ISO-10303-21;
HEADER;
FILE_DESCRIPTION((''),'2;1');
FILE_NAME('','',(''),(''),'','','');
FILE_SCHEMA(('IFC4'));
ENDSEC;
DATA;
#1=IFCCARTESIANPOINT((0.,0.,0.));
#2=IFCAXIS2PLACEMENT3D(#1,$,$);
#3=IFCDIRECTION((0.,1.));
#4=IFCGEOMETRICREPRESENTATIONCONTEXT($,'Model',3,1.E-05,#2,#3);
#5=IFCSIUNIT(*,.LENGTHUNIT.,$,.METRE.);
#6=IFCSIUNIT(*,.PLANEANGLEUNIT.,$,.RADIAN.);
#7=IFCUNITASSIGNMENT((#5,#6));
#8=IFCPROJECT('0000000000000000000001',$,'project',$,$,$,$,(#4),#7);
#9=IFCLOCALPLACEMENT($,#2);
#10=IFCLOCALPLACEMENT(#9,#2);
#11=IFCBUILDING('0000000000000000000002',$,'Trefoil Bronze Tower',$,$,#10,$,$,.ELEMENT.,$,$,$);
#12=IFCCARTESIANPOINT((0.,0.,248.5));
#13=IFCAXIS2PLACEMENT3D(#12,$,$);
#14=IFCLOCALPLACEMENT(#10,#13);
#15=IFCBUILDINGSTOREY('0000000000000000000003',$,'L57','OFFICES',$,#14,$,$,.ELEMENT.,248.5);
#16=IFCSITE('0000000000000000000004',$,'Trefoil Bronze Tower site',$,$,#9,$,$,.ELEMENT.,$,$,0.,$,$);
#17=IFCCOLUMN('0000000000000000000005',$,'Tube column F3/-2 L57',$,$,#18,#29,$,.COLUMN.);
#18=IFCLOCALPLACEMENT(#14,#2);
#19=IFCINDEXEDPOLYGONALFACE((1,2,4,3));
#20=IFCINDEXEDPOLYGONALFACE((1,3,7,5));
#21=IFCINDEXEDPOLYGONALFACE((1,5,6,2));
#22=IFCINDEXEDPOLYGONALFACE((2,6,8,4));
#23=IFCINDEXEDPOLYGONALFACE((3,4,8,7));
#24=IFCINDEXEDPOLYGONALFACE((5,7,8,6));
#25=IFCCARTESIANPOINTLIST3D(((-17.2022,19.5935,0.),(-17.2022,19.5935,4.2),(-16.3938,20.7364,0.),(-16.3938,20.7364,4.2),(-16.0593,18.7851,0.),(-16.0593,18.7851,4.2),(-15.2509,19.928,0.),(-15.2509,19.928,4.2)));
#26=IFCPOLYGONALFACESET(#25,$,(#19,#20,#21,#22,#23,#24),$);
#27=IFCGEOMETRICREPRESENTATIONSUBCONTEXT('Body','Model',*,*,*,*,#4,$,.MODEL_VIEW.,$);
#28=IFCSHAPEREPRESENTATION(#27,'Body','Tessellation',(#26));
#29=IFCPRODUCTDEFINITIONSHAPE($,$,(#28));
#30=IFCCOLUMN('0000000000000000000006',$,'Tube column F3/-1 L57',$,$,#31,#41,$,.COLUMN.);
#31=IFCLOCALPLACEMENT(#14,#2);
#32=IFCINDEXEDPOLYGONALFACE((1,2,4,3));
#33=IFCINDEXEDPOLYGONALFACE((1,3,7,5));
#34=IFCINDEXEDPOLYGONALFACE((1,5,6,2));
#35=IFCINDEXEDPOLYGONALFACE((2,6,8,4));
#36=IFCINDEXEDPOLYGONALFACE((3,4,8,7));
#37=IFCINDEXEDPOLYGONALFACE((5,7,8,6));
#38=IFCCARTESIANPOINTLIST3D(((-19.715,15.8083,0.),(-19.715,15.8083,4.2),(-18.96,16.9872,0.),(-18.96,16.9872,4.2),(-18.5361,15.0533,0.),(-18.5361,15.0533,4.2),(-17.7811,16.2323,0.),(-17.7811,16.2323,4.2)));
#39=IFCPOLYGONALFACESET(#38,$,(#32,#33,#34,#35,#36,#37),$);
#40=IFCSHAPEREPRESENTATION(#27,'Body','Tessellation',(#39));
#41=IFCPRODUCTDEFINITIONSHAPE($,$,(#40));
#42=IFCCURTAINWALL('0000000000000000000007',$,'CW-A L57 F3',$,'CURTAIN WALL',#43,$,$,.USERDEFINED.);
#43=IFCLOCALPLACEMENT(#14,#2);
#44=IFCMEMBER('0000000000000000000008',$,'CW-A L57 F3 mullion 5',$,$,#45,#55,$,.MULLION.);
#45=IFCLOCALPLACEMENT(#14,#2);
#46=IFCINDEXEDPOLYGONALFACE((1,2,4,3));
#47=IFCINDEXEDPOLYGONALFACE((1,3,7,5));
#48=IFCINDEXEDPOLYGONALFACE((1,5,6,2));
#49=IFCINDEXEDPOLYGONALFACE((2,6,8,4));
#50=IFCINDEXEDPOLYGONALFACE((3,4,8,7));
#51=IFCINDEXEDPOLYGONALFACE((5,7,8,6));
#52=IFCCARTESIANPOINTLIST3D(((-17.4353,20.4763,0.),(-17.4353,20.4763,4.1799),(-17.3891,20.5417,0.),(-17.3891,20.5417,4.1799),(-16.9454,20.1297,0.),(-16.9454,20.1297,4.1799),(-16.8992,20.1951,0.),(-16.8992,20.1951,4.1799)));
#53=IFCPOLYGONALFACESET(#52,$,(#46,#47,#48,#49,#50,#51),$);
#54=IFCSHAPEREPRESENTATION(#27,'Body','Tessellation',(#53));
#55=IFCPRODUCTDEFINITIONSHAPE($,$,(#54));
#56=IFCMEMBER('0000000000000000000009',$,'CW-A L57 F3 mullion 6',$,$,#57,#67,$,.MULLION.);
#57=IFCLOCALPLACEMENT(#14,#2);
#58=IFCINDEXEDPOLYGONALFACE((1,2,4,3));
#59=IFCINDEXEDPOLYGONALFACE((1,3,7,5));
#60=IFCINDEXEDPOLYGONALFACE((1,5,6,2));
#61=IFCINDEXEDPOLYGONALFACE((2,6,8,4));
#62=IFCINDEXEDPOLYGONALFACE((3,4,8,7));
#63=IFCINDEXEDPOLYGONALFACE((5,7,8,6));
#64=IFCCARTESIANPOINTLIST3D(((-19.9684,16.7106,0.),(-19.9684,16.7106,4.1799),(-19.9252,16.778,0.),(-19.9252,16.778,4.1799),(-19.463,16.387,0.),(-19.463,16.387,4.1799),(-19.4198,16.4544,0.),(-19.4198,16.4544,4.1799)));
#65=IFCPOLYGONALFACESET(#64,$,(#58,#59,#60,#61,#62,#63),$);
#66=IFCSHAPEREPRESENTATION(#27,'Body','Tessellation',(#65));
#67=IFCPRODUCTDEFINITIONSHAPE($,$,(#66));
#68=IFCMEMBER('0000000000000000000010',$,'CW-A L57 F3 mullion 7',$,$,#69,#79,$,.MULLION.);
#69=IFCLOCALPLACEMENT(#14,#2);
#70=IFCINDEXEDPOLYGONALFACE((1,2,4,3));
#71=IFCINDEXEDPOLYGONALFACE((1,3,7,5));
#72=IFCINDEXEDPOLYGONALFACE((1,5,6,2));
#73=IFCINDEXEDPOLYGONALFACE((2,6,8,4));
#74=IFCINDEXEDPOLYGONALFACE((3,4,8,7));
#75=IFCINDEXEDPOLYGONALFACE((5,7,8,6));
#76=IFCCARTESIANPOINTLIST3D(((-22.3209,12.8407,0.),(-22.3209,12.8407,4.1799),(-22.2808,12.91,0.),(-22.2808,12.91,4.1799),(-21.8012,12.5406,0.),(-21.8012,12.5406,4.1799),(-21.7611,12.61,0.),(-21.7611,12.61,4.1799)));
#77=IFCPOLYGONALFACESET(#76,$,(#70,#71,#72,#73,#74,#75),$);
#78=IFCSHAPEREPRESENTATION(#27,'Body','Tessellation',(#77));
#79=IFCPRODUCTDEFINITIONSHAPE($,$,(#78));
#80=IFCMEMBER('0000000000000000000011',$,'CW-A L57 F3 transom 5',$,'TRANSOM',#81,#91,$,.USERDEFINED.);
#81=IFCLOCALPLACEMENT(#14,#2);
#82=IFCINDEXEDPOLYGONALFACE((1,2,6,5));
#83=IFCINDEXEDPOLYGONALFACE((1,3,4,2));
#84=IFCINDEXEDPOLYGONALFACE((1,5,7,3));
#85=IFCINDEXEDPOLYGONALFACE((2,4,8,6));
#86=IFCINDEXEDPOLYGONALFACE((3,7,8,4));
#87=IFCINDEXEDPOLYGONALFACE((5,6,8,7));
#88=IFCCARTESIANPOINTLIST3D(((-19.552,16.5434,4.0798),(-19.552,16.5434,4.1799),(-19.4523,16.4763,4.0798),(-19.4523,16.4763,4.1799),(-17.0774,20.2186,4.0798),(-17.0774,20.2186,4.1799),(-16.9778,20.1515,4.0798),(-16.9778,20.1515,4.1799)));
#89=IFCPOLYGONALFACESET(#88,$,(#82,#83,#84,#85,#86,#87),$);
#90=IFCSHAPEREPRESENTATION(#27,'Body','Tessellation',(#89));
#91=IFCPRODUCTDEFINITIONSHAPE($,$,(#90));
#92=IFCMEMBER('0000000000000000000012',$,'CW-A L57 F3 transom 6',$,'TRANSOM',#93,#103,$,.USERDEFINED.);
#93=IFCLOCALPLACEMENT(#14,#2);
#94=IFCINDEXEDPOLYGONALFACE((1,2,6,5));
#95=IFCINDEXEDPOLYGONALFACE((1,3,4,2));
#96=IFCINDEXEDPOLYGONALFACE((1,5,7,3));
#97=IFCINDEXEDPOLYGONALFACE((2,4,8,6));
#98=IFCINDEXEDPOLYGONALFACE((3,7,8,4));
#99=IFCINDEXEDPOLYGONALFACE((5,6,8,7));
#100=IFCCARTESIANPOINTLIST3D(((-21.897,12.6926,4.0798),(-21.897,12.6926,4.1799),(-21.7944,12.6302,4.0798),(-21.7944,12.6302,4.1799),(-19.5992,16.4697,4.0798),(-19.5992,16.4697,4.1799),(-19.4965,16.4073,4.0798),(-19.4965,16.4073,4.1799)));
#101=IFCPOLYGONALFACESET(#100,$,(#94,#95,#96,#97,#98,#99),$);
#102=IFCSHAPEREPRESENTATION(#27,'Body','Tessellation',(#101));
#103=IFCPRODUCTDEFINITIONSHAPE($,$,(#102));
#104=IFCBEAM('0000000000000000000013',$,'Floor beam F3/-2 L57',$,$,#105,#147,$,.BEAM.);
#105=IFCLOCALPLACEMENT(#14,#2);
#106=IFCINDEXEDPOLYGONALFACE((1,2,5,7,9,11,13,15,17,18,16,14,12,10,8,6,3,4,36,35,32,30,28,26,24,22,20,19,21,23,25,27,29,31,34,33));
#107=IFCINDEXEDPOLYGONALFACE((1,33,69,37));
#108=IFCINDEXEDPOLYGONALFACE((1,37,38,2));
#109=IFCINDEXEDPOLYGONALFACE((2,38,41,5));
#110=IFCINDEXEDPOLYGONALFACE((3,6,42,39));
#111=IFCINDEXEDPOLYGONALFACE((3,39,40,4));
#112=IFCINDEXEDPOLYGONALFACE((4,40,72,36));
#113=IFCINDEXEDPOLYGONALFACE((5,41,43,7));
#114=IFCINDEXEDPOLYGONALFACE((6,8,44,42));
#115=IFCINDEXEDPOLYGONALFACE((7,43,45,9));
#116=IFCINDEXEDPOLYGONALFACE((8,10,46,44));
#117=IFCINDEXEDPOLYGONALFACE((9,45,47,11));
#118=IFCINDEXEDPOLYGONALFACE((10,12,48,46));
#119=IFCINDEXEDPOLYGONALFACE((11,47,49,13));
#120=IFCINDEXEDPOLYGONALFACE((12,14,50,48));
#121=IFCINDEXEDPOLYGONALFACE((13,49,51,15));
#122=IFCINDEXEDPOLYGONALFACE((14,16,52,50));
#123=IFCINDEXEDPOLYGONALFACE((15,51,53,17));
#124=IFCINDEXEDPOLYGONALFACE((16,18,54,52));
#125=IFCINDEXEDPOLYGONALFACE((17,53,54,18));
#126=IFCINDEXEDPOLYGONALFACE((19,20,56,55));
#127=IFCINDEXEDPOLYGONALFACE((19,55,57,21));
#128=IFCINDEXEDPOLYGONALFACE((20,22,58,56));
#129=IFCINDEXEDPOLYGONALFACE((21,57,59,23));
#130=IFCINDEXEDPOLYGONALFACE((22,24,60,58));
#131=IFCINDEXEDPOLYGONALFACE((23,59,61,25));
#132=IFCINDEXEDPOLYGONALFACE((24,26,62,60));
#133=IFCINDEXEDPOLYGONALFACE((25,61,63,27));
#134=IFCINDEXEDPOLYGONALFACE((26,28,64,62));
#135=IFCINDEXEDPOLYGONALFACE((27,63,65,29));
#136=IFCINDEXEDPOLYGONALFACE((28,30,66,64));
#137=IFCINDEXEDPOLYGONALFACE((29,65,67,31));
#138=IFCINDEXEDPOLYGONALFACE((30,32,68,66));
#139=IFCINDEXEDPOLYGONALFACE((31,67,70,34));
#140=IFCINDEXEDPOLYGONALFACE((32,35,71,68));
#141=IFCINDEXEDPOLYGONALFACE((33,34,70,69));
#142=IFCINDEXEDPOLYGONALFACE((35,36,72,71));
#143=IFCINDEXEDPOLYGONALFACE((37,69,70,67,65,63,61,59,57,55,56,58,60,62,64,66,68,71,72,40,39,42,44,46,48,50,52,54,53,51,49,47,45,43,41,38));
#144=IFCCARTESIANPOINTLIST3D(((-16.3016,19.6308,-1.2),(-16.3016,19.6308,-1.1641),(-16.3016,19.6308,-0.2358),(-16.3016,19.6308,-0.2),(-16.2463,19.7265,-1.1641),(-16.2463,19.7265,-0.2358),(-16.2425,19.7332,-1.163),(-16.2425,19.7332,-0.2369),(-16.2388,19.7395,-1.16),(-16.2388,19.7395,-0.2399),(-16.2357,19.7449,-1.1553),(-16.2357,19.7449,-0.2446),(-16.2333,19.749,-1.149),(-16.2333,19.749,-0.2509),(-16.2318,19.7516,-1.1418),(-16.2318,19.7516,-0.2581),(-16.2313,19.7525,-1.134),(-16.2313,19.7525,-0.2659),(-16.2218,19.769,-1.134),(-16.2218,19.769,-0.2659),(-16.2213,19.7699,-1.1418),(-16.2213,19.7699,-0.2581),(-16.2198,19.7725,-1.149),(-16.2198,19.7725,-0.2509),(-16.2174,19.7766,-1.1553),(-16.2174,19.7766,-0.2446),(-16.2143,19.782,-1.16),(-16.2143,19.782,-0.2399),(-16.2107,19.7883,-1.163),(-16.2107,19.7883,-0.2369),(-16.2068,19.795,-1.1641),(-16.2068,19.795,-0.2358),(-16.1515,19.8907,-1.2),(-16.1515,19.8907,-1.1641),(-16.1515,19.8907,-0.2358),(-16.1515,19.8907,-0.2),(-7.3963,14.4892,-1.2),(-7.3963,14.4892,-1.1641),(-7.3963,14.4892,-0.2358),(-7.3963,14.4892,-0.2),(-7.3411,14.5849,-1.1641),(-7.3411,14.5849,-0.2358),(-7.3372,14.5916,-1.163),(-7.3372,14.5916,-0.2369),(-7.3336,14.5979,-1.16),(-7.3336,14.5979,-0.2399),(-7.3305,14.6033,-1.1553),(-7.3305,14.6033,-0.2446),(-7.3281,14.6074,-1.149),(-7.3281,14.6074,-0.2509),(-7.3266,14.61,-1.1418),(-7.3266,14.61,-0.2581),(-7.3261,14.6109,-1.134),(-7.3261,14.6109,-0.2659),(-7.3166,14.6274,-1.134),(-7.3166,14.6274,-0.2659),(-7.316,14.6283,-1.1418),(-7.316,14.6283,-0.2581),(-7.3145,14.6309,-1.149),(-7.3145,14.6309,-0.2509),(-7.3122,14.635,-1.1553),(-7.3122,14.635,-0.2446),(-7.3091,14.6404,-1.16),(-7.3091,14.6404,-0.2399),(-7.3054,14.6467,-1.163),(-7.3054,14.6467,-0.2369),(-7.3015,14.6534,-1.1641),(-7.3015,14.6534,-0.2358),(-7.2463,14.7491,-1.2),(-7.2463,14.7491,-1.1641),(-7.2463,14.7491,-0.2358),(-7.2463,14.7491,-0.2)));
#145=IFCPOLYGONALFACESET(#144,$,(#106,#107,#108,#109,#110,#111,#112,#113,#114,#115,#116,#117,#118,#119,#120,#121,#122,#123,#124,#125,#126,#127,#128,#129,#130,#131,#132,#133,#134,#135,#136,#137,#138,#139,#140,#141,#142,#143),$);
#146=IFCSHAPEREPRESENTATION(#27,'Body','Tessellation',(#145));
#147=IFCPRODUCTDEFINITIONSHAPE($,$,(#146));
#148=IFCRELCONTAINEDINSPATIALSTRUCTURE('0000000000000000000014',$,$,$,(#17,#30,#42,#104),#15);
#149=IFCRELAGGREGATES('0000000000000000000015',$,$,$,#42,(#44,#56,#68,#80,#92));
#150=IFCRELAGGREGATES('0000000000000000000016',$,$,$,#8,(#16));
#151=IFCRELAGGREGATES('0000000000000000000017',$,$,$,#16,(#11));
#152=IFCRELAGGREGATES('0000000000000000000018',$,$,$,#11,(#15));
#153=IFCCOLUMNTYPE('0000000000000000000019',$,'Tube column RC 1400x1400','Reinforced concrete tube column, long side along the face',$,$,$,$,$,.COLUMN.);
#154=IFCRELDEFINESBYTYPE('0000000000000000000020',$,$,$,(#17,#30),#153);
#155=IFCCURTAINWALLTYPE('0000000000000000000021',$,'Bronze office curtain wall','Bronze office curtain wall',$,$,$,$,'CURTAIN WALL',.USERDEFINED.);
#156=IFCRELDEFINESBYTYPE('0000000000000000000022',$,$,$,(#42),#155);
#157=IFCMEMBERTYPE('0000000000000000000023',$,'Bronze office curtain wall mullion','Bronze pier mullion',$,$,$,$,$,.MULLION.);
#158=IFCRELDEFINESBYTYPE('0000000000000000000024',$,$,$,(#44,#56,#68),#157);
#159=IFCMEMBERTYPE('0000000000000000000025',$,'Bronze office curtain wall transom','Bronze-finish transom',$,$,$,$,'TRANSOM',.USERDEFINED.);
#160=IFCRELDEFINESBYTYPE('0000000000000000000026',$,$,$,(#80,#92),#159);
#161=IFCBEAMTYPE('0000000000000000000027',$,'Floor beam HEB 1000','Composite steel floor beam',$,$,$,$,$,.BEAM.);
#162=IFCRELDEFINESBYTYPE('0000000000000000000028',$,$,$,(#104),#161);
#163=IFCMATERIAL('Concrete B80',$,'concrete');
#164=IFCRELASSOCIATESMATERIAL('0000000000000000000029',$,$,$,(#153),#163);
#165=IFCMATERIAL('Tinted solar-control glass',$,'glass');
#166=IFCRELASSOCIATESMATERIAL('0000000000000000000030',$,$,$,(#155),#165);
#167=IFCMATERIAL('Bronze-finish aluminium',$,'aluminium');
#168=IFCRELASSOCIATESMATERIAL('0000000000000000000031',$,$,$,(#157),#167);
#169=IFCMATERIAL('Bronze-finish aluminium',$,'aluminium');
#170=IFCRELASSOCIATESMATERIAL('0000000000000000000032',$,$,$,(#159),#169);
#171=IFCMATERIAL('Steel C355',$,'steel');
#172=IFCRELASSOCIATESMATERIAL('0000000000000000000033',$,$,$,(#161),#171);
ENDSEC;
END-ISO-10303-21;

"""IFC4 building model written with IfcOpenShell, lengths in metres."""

from ifc_helpers import new_model, si_unit, direction, frame, origin, origin_2d, place, context, subcontext, project, spatial, rectangle, i_section, extrude, material, material_profile, profile_set, type_object, element, aggregate, save


model = new_model("IFC4")

# Units and contexts
model_context = context("Model", 3, precision=1e-05, world=origin(), true_north=direction((0.0, 1.0)))
body_context = subcontext(model_context, "Body", "Model", "MODEL_VIEW")
ifc_project = project(units=[si_unit("LENGTHUNIT", "METRE"), si_unit("PLANEANGLEUNIT", "RADIAN")], contexts=[model_context])

# Site, building, storey
site_placement = place(None, origin())
site = spatial("IfcSite", under=ifc_project, at=site_placement, Name="Trefoil Bronze Tower site", CompositionType="ELEMENT", RefElevation=0.0)
building_placement = place(site_placement, origin())
building = spatial("IfcBuilding", under=site, at=building_placement, Name="Trefoil Bronze Tower", CompositionType="ELEMENT")
storey_placement = place(building_placement, frame((0.0, 0.0, 248.5)))
storey = spatial("IfcBuildingStorey", under=building, at=storey_placement, Name="L57", Description="OFFICES", CompositionType="ELEMENT", Elevation=248.5)

# Columns
ifc_material_1 = material(Name="Concrete B80", Category="concrete")
ifc_material_profile_1 = material_profile(ifc_material_1, rectangle(XDim=1.3999, YDim=1.3999, at=origin_2d()), Name="RC 1400x1400")
ifc_profile_set_1 = profile_set([ifc_material_profile_1], Name="Concrete B80")
column_type = type_object("IfcColumnType", Name="Tube column RC 1400x1400", Description="Reinforced concrete tube column, long side along the face", PredefinedType="COLUMN", material=ifc_profile_set_1)
for number, where, z_axis, x_axis, name in (
    (1, (-16.2266, 19.7607, 0.0), (0.0, 0.0, 1.0), (-0.577481, -0.816404, 0.0), "Tube column F3/-2 L57"),
    (2, (-18.748, 16.0203, 0.0), (0.0, 0.0, 1.0), (-0.53927, -0.842133, 0.0), "Tube column F3/-1 L57"),
):
    element("IfcColumn", number, at=place(storey_placement, frame(where, z_axis=z_axis, x_axis=x_axis)), inside=storey, type_object=column_type, Name=name, PredefinedType="COLUMN", context=body_context, shape_type="SweptSolid", body=[
        extrude(rectangle(XDim=1.3999, YDim=1.3999, at=origin_2d()), origin(), (0.0, 0.0, 1.0), 4.2),
    ])

# Curtain wall, members
ifc_material_2 = material(Name="Tinted solar-control glass", Category="glass")
curtain_wall_type = type_object("IfcCurtainWallType", Name="Bronze office curtain wall", Description="Bronze office curtain wall", ElementType="CURTAIN WALL", PredefinedType="USERDEFINED", material=ifc_material_2)
curtain_wall_placement = place(storey_placement, origin())
curtain_wall = element("IfcCurtainWall", 3, at=curtain_wall_placement, inside=storey, type_object=curtain_wall_type, Name="CW-A L57 F3", ObjectType="CURTAIN WALL", PredefinedType="USERDEFINED")
ifc_material_3 = material(Name="Bronze-finish aluminium", Category="aluminium")
ifc_material_profile_2 = material_profile(ifc_material_3, rectangle(XDim=0.6001, YDim=0.0801, at=origin_2d()), Name="CW-A mullion")
ifc_profile_set_2 = profile_set([ifc_material_profile_2], Name="Bronze-finish aluminium")
member_type_1 = type_object("IfcMemberType", Name="Bronze office curtain wall mullion", Description="Bronze pier mullion", PredefinedType="MULLION", material=ifc_profile_set_2)
member_1_placement = place(storey_placement, frame((-17.1672, 20.3357, 0.0), z_axis=(0.0, 0.0, 1.0), x_axis=(0.816404, -0.577481, 0.0)))
member_1 = element("IfcMember", 4, at=member_1_placement, type_object=member_type_1, Name="CW-A L57 F3 mullion 5", PredefinedType="MULLION", context=body_context, shape_type="SweptSolid", body=[
    extrude(rectangle(XDim=0.6001, YDim=0.0801, at=origin_2d()), origin(), (0.0, 0.0, 1.0), 4.1799),
])
member_2_placement = place(storey_placement, frame((-19.6941, 16.5825, 0.0), z_axis=(0.0, 0.0, 1.0), x_axis=(0.842133, -0.53927, 0.0)))
member_2 = element("IfcMember", 5, at=member_2_placement, type_object=member_type_1, Name="CW-A L57 F3 mullion 6", PredefinedType="MULLION", context=body_context, shape_type="SweptSolid", body=[
    extrude(rectangle(XDim=0.6001, YDim=0.0801, at=origin_2d()), origin(), (0.0, 0.0, 1.0), 4.1799),
])
member_3_placement = place(storey_placement, frame((-22.041, 12.7253, 0.0), z_axis=(0.0, 0.0, 1.0), x_axis=(0.866025, -0.5, 0.0)))
member_3 = element("IfcMember", 6, at=member_3_placement, type_object=member_type_1, Name="CW-A L57 F3 mullion 7", PredefinedType="MULLION", context=body_context, shape_type="SweptSolid", body=[
    extrude(rectangle(XDim=0.6001, YDim=0.0801, at=origin_2d()), origin(), (0.0, 0.0, 1.0), 4.1799),
])
ifc_material_4 = material(Name="Bronze-finish aluminium", Category="aluminium")
ifc_material_profile_3 = material_profile(ifc_material_4, rectangle(XDim=0.1201, YDim=0.1001, at=origin_2d()), Name="CW-A transom")
ifc_profile_set_3 = profile_set([ifc_material_profile_3], Name="Bronze-finish aluminium")
member_type_2 = type_object("IfcMemberType", Name="Bronze office curtain wall transom", Description="Bronze-finish transom", ElementType="TRANSOM", PredefinedType="USERDEFINED", material=ifc_profile_set_3)
member_4_placement = place(storey_placement, frame((-17.0276, 20.1851, 4.1299), z_axis=(-0.558509, -0.829498, 0.0), x_axis=(0.829498, -0.558509, 0.0)))
member_4 = element("IfcMember", 7, at=member_4_placement, type_object=member_type_2, Name="CW-A L57 F3 transom 5", ObjectType="TRANSOM", PredefinedType="USERDEFINED", context=body_context, shape_type="SweptSolid", body=[
    extrude(rectangle(XDim=0.1201, YDim=0.1001, at=origin_2d()), origin(), (0.0, 0.0, 1.0), 4.4307),
])
member_5_placement = place(storey_placement, frame((-19.5479, 16.4385, 4.1299), z_axis=(-0.51974, -0.854324, 0.0), x_axis=(0.854324, -0.51974, 0.0)))
member_5 = element("IfcMember", 8, at=member_5_placement, type_object=member_type_2, Name="CW-A L57 F3 transom 6", ObjectType="TRANSOM", PredefinedType="USERDEFINED", context=body_context, shape_type="SweptSolid", body=[
    extrude(rectangle(XDim=0.1201, YDim=0.1001, at=origin_2d()), origin(), (0.0, 0.0, 1.0), 4.4211),
])

# Beam
ifc_material_5 = material(Name="Steel C355", Category="steel")
ifc_material_profile_4 = material_profile(ifc_material_5, i_section(OverallWidth=0.3, OverallDepth=1.0, WebThickness=0.019, FlangeThickness=0.0359, FilletRadius=0.03, at=origin_2d()), Name="HEB 1000")
ifc_profile_set_4 = profile_set([ifc_material_profile_4], Name="Steel C355")
beam_type_1 = type_object("IfcBeamType", Name="Floor beam HEB 1000", Description="Composite steel floor beam", PredefinedType="BEAM", material=ifc_profile_set_4)
beam_1_placement = place(storey_placement, frame((-16.2266, 19.7607, -0.7), z_axis=(0.86602, -0.50001, 0.0), x_axis=(0.50001, 0.86602, 0.0)))
element("IfcBeam", 9, at=beam_1_placement, inside=storey, type_object=beam_type_1, Name="Floor beam F3/-2 L57", PredefinedType="BEAM", context=body_context, shape_type="SweptSolid", body=[
    extrude(i_section(OverallWidth=0.3, OverallDepth=1.0, WebThickness=0.019, FlangeThickness=0.0359, FilletRadius=0.03, at=origin_2d()), origin(), (0.0, 0.0, 1.0), 10.283),
])

aggregate(curtain_wall, [member_1, member_2, member_3, member_4, member_5])

save(model, "model.ifc")
